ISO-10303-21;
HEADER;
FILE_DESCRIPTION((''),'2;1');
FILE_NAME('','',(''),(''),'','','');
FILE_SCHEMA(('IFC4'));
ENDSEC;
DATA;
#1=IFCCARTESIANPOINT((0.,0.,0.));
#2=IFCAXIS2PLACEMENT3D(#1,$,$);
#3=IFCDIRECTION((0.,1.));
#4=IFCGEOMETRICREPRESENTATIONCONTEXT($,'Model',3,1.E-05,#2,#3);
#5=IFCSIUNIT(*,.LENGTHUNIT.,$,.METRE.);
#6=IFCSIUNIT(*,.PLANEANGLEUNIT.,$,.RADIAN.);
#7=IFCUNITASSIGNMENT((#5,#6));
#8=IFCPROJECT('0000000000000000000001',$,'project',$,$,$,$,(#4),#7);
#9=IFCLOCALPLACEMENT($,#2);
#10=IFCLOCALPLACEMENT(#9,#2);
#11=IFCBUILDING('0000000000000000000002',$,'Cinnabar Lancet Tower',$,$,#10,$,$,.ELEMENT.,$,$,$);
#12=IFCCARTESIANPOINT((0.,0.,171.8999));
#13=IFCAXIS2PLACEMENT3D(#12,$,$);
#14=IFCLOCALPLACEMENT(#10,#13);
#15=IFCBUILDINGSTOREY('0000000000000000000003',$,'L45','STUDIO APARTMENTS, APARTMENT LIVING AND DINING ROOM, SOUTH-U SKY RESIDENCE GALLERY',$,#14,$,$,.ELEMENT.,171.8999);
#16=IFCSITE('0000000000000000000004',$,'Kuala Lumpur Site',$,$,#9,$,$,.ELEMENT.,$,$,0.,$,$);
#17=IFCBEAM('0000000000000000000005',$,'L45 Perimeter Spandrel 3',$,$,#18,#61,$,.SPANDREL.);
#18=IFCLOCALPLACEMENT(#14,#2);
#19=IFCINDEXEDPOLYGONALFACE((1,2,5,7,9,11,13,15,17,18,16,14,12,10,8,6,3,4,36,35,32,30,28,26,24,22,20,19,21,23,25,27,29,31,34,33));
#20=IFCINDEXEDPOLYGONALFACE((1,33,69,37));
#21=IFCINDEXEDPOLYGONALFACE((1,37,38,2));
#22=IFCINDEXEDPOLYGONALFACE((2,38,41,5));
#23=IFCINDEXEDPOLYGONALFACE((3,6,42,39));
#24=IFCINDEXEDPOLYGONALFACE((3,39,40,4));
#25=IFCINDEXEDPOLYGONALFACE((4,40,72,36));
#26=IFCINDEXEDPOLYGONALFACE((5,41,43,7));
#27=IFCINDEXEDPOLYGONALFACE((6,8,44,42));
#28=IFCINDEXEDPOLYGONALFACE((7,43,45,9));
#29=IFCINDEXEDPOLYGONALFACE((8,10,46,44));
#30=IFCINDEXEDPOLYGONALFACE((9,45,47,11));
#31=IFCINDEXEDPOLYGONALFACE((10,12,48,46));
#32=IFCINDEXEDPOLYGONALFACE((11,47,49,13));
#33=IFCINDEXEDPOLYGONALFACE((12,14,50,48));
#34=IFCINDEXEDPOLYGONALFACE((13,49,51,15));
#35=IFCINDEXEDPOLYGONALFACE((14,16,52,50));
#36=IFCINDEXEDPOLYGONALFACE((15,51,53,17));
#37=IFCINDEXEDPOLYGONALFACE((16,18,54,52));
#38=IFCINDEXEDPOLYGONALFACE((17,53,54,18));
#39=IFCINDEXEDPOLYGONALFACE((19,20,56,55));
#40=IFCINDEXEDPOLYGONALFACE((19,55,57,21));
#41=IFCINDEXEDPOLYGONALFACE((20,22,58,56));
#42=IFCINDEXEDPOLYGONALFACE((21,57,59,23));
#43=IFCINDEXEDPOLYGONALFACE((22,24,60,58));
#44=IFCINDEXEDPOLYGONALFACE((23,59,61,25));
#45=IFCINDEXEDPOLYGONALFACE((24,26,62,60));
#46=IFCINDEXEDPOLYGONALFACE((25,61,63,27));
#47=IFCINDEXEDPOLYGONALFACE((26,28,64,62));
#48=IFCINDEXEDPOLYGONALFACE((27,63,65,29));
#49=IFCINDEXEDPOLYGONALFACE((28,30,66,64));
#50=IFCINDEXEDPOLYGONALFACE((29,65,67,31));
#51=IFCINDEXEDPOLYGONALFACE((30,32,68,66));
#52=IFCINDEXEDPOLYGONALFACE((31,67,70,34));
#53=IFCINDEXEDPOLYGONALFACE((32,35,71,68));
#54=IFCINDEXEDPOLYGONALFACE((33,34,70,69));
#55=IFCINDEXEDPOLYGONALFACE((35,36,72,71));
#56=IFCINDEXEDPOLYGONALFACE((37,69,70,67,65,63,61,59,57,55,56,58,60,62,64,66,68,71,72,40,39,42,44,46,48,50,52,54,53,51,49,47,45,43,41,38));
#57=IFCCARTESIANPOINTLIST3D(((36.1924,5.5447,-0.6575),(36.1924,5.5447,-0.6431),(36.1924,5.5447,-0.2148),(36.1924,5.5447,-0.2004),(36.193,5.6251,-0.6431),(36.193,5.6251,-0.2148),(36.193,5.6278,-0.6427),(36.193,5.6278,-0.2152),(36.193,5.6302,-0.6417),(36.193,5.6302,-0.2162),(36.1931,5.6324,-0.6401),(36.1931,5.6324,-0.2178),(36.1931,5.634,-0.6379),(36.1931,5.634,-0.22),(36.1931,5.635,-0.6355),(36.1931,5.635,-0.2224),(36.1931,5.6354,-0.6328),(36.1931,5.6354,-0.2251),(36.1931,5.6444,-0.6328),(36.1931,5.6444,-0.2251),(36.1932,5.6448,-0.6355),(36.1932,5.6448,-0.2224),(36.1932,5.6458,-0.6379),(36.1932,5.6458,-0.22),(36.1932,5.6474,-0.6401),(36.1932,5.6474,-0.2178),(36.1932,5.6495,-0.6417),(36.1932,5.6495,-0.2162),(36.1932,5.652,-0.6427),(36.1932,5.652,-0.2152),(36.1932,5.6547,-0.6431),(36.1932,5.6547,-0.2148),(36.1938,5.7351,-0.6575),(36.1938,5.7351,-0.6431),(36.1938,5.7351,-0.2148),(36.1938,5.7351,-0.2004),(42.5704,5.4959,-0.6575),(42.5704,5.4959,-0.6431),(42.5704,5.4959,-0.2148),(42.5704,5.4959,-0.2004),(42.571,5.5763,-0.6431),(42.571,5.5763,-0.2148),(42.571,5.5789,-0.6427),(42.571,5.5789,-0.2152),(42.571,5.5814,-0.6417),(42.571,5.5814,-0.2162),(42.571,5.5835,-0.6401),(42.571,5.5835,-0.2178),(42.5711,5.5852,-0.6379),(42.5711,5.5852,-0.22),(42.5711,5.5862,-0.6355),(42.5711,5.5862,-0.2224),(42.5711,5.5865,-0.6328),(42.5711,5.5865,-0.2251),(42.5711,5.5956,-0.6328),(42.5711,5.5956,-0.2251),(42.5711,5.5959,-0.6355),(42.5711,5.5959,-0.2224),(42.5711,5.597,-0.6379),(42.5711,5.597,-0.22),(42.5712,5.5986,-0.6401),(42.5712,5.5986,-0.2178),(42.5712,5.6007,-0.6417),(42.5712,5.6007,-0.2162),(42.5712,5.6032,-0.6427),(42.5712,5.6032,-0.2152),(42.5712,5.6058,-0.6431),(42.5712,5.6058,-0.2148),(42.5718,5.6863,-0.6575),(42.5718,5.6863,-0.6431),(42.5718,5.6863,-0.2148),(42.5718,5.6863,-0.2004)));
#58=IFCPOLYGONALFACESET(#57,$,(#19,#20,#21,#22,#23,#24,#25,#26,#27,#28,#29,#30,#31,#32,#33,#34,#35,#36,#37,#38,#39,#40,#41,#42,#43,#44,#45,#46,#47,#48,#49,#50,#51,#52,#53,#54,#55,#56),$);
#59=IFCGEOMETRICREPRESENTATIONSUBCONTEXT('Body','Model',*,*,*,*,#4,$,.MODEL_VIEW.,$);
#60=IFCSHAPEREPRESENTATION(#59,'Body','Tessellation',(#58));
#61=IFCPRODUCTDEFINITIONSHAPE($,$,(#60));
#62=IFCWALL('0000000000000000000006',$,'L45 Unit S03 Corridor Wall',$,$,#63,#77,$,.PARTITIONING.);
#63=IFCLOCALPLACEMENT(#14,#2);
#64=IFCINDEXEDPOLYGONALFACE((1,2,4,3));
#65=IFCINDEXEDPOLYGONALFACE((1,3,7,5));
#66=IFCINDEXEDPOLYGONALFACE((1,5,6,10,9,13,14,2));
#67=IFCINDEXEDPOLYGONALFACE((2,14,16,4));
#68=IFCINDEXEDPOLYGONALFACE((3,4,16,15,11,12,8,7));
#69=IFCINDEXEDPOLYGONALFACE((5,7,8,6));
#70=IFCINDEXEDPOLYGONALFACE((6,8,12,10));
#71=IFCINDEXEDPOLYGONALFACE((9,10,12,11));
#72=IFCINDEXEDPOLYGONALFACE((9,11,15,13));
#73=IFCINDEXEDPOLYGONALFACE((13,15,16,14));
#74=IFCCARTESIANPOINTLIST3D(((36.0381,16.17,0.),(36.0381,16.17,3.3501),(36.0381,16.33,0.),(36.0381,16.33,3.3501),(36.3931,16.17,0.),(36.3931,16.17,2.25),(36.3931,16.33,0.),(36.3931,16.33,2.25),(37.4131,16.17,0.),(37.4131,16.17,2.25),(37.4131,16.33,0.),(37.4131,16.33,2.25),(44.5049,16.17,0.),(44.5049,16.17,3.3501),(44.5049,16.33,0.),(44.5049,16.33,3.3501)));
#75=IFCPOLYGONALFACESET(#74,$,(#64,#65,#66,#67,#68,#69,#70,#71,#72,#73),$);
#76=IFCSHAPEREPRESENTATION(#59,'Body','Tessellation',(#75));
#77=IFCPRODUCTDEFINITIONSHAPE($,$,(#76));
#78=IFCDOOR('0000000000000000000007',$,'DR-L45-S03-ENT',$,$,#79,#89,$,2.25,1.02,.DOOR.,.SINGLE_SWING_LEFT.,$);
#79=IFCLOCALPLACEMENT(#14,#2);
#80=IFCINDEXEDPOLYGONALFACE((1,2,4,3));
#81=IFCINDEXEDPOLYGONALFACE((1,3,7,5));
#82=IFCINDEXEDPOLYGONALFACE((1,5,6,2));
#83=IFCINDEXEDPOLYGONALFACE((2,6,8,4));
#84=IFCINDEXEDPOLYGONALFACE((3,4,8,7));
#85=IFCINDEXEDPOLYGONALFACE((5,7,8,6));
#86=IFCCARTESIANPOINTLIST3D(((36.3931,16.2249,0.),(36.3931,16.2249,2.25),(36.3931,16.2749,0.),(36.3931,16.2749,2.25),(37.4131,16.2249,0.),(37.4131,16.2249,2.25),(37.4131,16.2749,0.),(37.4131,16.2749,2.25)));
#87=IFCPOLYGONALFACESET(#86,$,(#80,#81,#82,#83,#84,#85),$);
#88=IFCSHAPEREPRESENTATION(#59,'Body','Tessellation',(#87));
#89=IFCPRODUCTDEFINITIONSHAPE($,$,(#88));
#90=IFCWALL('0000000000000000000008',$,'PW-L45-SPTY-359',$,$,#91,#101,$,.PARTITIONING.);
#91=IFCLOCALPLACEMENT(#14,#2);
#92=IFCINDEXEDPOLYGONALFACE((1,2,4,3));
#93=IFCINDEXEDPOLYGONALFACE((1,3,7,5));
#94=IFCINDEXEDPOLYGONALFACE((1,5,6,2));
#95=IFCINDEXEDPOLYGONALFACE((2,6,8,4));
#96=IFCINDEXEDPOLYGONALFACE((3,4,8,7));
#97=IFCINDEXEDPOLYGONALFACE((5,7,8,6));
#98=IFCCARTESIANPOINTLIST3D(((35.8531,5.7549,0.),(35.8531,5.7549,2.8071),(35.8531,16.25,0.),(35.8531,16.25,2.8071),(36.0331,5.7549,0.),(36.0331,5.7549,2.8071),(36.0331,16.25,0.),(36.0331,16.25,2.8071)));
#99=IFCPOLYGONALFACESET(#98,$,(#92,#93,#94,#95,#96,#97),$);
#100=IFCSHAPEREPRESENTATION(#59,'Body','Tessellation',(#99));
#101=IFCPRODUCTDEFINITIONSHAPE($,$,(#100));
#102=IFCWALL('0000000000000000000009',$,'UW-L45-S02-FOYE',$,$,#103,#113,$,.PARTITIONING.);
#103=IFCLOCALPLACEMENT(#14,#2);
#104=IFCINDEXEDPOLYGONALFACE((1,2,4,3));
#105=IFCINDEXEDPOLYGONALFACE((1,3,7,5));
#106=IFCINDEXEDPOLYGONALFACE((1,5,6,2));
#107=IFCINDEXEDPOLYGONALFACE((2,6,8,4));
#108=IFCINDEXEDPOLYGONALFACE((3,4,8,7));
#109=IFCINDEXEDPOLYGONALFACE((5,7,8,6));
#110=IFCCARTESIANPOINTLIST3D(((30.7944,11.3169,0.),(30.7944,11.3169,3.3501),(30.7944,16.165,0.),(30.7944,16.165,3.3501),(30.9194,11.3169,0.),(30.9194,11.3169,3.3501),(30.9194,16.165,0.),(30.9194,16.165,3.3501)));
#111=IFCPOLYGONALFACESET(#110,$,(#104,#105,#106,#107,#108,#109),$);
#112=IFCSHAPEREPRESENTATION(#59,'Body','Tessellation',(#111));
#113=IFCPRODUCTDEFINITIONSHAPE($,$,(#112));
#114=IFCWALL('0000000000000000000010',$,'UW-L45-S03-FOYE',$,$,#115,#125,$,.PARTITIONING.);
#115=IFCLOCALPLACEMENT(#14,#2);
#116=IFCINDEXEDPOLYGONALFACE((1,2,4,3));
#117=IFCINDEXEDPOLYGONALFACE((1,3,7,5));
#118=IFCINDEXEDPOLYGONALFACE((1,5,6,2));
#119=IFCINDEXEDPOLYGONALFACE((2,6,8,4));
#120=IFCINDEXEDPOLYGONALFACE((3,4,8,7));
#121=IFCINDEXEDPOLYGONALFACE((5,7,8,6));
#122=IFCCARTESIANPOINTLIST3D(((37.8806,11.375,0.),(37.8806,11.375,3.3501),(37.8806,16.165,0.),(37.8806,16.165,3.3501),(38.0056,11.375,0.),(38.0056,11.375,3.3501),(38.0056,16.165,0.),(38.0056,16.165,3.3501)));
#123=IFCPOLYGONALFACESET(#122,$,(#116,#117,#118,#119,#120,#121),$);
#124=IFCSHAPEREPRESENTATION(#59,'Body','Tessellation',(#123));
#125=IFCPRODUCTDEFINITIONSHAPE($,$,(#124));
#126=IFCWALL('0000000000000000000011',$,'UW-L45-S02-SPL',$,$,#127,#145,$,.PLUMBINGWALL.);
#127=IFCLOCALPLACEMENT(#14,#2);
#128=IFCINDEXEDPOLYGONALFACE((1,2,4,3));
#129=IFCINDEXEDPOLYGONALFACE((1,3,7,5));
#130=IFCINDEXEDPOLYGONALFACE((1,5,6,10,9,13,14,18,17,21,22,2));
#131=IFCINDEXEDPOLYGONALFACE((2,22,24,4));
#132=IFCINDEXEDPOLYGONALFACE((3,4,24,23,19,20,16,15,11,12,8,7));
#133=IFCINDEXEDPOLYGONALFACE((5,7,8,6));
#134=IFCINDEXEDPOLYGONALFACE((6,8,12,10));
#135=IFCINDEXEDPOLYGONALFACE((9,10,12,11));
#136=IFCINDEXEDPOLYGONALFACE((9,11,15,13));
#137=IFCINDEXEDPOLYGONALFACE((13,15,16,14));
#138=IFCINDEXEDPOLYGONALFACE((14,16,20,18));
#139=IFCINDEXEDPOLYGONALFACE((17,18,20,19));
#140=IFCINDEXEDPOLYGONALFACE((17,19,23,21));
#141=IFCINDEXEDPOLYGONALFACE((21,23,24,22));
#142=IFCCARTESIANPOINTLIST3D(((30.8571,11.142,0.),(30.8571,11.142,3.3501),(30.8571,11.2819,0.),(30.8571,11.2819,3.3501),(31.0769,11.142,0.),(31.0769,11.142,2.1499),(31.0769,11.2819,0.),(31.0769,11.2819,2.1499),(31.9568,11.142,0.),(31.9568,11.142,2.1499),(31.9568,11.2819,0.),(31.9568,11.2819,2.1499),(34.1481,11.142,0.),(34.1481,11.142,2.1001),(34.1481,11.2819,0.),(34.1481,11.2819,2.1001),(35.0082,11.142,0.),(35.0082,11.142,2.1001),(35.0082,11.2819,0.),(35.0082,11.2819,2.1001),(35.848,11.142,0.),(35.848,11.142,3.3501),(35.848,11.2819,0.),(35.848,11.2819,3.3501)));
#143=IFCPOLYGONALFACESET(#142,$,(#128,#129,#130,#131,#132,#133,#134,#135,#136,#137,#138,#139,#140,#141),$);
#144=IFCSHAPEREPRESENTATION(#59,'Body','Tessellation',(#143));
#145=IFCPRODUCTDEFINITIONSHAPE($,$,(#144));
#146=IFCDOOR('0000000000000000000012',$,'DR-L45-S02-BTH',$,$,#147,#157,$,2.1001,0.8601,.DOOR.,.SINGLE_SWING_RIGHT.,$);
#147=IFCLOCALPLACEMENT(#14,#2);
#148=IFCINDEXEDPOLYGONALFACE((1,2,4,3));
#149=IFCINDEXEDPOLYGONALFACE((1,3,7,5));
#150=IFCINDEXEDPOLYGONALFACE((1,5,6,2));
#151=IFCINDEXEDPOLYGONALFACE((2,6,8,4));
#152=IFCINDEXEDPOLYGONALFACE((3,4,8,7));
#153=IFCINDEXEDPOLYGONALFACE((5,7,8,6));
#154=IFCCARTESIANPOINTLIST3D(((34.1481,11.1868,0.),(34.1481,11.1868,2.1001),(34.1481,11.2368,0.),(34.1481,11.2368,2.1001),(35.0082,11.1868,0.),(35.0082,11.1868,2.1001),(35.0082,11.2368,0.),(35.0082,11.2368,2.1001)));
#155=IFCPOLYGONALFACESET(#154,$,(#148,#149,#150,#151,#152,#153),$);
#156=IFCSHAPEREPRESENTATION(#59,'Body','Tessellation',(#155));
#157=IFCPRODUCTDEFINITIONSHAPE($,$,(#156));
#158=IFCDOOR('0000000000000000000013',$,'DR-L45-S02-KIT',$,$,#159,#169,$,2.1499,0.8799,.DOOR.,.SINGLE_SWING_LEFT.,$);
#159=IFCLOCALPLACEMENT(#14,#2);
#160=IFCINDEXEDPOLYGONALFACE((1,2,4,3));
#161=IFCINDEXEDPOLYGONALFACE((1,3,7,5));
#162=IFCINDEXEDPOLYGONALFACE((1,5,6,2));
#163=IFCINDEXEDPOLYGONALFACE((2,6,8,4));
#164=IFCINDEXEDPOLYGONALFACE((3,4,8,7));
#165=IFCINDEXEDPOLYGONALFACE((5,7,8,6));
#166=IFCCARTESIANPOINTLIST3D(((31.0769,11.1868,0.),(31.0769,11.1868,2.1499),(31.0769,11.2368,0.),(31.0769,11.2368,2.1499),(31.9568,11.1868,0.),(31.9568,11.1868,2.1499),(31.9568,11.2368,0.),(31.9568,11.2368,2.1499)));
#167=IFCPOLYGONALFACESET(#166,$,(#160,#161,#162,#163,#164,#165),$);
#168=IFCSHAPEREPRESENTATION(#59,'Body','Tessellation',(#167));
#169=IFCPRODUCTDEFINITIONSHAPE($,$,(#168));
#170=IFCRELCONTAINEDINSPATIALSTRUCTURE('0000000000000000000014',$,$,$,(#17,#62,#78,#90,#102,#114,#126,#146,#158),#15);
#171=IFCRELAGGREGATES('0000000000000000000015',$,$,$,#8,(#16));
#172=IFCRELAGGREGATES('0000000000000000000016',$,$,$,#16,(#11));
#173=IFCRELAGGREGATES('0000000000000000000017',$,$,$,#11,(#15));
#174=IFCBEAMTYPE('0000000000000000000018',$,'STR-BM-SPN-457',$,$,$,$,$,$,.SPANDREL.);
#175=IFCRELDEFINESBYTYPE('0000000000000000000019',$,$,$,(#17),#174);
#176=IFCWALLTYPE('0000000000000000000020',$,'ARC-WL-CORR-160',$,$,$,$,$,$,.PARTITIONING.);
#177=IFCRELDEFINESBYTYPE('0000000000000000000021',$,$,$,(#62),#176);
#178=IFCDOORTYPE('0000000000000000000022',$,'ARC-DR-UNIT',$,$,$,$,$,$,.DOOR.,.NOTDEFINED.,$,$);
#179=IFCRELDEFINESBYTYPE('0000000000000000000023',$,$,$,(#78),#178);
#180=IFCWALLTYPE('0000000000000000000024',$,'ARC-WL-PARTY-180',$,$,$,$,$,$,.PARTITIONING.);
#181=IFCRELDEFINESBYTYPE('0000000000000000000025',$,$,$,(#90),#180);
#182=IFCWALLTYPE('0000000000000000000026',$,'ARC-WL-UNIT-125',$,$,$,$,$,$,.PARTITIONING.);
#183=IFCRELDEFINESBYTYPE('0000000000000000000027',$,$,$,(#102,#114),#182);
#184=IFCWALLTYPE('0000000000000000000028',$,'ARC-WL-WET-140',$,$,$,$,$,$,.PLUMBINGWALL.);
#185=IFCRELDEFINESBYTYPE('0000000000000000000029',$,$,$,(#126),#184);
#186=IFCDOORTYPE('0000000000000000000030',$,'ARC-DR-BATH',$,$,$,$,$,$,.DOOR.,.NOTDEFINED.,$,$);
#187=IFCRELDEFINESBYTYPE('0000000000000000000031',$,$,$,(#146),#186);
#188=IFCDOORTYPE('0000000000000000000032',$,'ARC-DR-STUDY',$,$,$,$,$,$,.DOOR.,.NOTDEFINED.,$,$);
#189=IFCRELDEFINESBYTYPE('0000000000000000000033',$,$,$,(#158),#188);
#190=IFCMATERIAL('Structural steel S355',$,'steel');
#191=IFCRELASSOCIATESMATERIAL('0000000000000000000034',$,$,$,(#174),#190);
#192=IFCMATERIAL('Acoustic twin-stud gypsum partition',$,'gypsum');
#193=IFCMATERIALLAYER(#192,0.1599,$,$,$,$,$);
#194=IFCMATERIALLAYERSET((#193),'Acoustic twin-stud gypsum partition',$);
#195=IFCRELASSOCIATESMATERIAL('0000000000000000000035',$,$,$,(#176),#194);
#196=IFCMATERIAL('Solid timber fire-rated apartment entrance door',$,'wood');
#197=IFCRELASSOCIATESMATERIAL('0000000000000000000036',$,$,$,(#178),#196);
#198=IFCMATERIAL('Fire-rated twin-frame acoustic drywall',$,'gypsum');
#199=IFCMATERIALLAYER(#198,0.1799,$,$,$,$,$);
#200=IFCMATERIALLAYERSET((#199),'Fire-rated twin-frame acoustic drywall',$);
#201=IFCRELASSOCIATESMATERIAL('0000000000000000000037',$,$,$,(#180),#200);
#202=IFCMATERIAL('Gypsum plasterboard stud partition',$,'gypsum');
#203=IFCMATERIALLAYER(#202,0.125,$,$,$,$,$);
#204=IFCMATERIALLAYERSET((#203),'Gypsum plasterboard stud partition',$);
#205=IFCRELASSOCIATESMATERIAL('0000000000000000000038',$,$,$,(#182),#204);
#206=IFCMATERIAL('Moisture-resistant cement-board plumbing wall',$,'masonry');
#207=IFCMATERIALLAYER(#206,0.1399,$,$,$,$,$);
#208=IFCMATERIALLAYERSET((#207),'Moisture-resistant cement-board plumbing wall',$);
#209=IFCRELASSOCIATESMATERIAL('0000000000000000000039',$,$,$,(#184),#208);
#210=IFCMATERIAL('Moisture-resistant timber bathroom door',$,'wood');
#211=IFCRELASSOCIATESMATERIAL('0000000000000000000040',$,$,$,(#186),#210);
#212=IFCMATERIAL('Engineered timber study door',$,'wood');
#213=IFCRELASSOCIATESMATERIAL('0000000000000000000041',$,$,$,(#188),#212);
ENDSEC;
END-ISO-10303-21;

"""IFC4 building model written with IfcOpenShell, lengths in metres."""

from ifc_helpers import new_model, si_unit, direction, frame, frame_2d, origin, origin_2d, place, context, subcontext, project, spatial, rectangle, i_section, extrude, material, layer, layer_set, material_profile, profile_set, type_object, element, fill, save


model = new_model("IFC4")

# Units and contexts
model_context = context("Model", 3, precision=1e-05, world=origin(), true_north=direction((0.0, 1.0)))
body_context = subcontext(model_context, "Body", "Model", "MODEL_VIEW")
ifc_project = project(units=[si_unit("LENGTHUNIT", "METRE"), si_unit("PLANEANGLEUNIT", "RADIAN")], contexts=[model_context])

# Site, building, storey
site_placement = place(None, origin())
site = spatial("IfcSite", under=ifc_project, at=site_placement, Name="Kuala Lumpur Site", CompositionType="ELEMENT", RefElevation=0.0)
building_placement = place(site_placement, origin())
building = spatial("IfcBuilding", under=site, at=building_placement, Name="Cinnabar Lancet Tower", CompositionType="ELEMENT")
storey_placement = place(building_placement, frame((0.0, 0.0, 171.8999)))
storey = spatial("IfcBuildingStorey", under=building, at=storey_placement, Name="L45", Description="STUDIO APARTMENTS, APARTMENT LIVING AND DINING ROOM, SOUTH-U SKY RESIDENCE GALLERY", CompositionType="ELEMENT", Elevation=171.8999)

# Beam
ifc_material_1 = material(Name="Structural steel S355", Category="steel")
ifc_material_profile_1 = material_profile(ifc_material_1, i_section(OverallWidth=0.1904, OverallDepth=0.457, WebThickness=0.009, FlangeThickness=0.0144, FilletRadius=0.0103, at=origin_2d()), Name="UKB 457x191x74")
ifc_profile_set_1 = profile_set([ifc_material_profile_1], Name="Structural steel S355")
beam_type_1 = type_object("IfcBeamType", Name="STR-BM-SPN-457", PredefinedType="SPANDREL", material=ifc_profile_set_1)
beam_1_placement = place(storey_placement, frame((36.1931, 5.6399, -0.429), z_axis=(0.999971, -0.007656, 0.0), x_axis=(0.007656, 0.999971, 0.0)))
element("IfcBeam", 1, at=beam_1_placement, inside=storey, type_object=beam_type_1, Name="L45 Perimeter Spandrel 3", PredefinedType="SPANDREL", context=body_context, shape_type="SweptSolid", body=[
    extrude(i_section(OverallWidth=0.1904, OverallDepth=0.457, WebThickness=0.009, FlangeThickness=0.0144, FilletRadius=0.0103, at=origin_2d()), origin(), (0.0, 0.0, 1.0), 6.3782),
])

# Wall, opening, door
ifc_material_2 = material(Name="Acoustic twin-stud gypsum partition", Category="gypsum")
ifc_layer_1 = layer(ifc_material_2, 0.1599)
ifc_layer_set_1 = layer_set([ifc_layer_1], Name="Acoustic twin-stud gypsum partition")
wall_type_1 = type_object("IfcWallType", Name="ARC-WL-CORR-160", PredefinedType="PARTITIONING", material=ifc_layer_set_1)
wall_1_placement = place(storey_placement, frame((36.0381, 16.25, 0.0), z_axis=(0.0, 0.0, 1.0), x_axis=(1.0, 0.0, 0.0)))
wall_1 = element("IfcWall", 2, at=wall_1_placement, inside=storey, type_object=wall_type_1, Name="L45 Unit S03 Corridor Wall", PredefinedType="PARTITIONING", context=body_context, shape_type="SweptSolid", body=[
    extrude(rectangle(XDim=8.4668, YDim=0.1599, at=frame_2d((4.2334, 0.0))), origin(), (0.0, 0.0, 1.0), 3.3501),
])
opening_1_placement = place(wall_1_placement, frame((0.355, 0.0, 0.0)))
opening_1 = element("IfcOpeningElement", 3, at=opening_1_placement, cuts=wall_1, PredefinedType="OPENING", context=body_context, shape_type="SweptSolid", body=[
    extrude(rectangle(XDim=1.02, YDim=2.25, at=frame_2d((0.51, 1.125))), frame((0.0, 0.0898, 0.0), z_axis=(0.0, -1.0, 0.0), x_axis=(1.0, 0.0, 0.0)), (0.0, 0.0, 1.0), 0.1799),
])
ifc_material_3 = material(Name="Solid timber fire-rated apartment entrance door", Category="wood")
door_type_1 = type_object("IfcDoorType", Name="ARC-DR-UNIT", OperationType="NOTDEFINED", PredefinedType="DOOR", material=ifc_material_3)
door_1_placement = place(opening_1_placement, origin())
door_1 = element("IfcDoor", 4, at=door_1_placement, inside=storey, type_object=door_type_1, Name="DR-L45-S03-ENT", OperationType="SINGLE_SWING_LEFT", OverallHeight=2.25, OverallWidth=1.02, PredefinedType="DOOR", context=body_context, shape_type="SweptSolid", body=[
    extrude(rectangle(XDim=1.02, YDim=2.25, at=frame_2d((0.51, 1.125))), frame((0.0, 0.0249, 0.0), z_axis=(0.0, -1.0, 0.0), x_axis=(1.0, 0.0, 0.0)), (0.0, 0.0, 1.0), 0.05),
])
fill(opening_1, door_1)

# Walls
ifc_material_4 = material(Name="Fire-rated twin-frame acoustic drywall", Category="gypsum")
ifc_layer_2 = layer(ifc_material_4, 0.1799)
ifc_layer_set_2 = layer_set([ifc_layer_2], Name="Fire-rated twin-frame acoustic drywall")
wall_type_2 = type_object("IfcWallType", Name="ARC-WL-PARTY-180", PredefinedType="PARTITIONING", material=ifc_layer_set_2)
wall_2_placement = place(storey_placement, frame((35.9431, 5.7549, 0.0), z_axis=(0.0, 0.0, 1.0), x_axis=(0.0, 1.0, 0.0)))
element("IfcWall", 5, at=wall_2_placement, inside=storey, type_object=wall_type_2, Name="PW-L45-SPTY-359", PredefinedType="PARTITIONING", context=body_context, shape_type="SweptSolid", body=[
    extrude(rectangle(XDim=10.4951, YDim=0.1799, at=frame_2d((5.2476, 0.0))), origin(), (0.0, 0.0, 1.0), 2.8071),
])
ifc_material_5 = material(Name="Gypsum plasterboard stud partition", Category="gypsum")
ifc_layer_3 = layer(ifc_material_5, 0.125)
ifc_layer_set_3 = layer_set([ifc_layer_3], Name="Gypsum plasterboard stud partition")
wall_type_3 = type_object("IfcWallType", Name="ARC-WL-UNIT-125", PredefinedType="PARTITIONING", material=ifc_layer_set_3)
wall_3_placement = place(storey_placement, frame((30.8569, 11.3169, 0.0), z_axis=(0.0, 0.0, 1.0), x_axis=(0.0, 1.0, 0.0)))
element("IfcWall", 6, at=wall_3_placement, inside=storey, type_object=wall_type_3, Name="UW-L45-S02-FOYE", PredefinedType="PARTITIONING", context=body_context, shape_type="SweptSolid", body=[
    extrude(rectangle(XDim=4.8481, YDim=0.125, at=frame_2d((2.4241, 0.0))), origin(), (0.0, 0.0, 1.0), 3.3501),
])
wall_4_placement = place(storey_placement, frame((37.9431, 11.375, 0.0), z_axis=(0.0, 0.0, 1.0), x_axis=(0.0, 1.0, 0.0)))
element("IfcWall", 7, at=wall_4_placement, inside=storey, type_object=wall_type_3, Name="UW-L45-S03-FOYE", PredefinedType="PARTITIONING", context=body_context, shape_type="SweptSolid", body=[
    extrude(rectangle(XDim=4.79, YDim=0.125, at=frame_2d((2.395, 0.0))), origin(), (0.0, 0.0, 1.0), 3.3501),
])

# Wall, openings, doors
ifc_material_6 = material(Name="Moisture-resistant cement-board plumbing wall", Category="masonry")
ifc_layer_4 = layer(ifc_material_6, 0.1399)
ifc_layer_set_4 = layer_set([ifc_layer_4], Name="Moisture-resistant cement-board plumbing wall")
wall_type_4 = type_object("IfcWallType", Name="ARC-WL-WET-140", PredefinedType="PLUMBINGWALL", material=ifc_layer_set_4)
wall_5_placement = place(storey_placement, frame((30.8569, 11.2119, 0.0), z_axis=(0.0, 0.0, 1.0), x_axis=(1.0, 0.0, 0.0)))
wall_5 = element("IfcWall", 8, at=wall_5_placement, inside=storey, type_object=wall_type_4, Name="UW-L45-S02-SPL", PredefinedType="PLUMBINGWALL", context=body_context, shape_type="SweptSolid", body=[
    extrude(rectangle(XDim=4.991, YDim=0.1399, at=frame_2d((2.4956, 0.0))), origin(), (0.0, 0.0, 1.0), 3.3501),
])
opening_2_placement = place(wall_5_placement, frame((3.291, 0.0, 0.0)))
opening_2 = element("IfcOpeningElement", 9, at=opening_2_placement, cuts=wall_5, PredefinedType="OPENING", context=body_context, shape_type="SweptSolid", body=[
    extrude(rectangle(XDim=0.8601, YDim=2.1001, at=frame_2d((0.4302, 1.05))), frame((0.0, 0.0798, 0.0), z_axis=(0.0, -1.0, 0.0), x_axis=(1.0, 0.0, 0.0)), (0.0, 0.0, 1.0), 0.1599),
])
opening_3_placement = place(wall_5_placement, frame((0.22, 0.0, 0.0)))
opening_3 = element("IfcOpeningElement", 10, at=opening_3_placement, cuts=wall_5, PredefinedType="OPENING", context=body_context, shape_type="SweptSolid", body=[
    extrude(rectangle(XDim=0.8799, YDim=2.1499, at=frame_2d((0.4399, 1.075))), frame((0.0, 0.0798, 0.0), z_axis=(0.0, -1.0, 0.0), x_axis=(1.0, 0.0, 0.0)), (0.0, 0.0, 1.0), 0.1599),
])
ifc_material_7 = material(Name="Moisture-resistant timber bathroom door", Category="wood")
door_type_2 = type_object("IfcDoorType", Name="ARC-DR-BATH", OperationType="NOTDEFINED", PredefinedType="DOOR", material=ifc_material_7)
door_2_placement = place(opening_2_placement, origin())
door_2 = element("IfcDoor", 11, at=door_2_placement, inside=storey, type_object=door_type_2, Name="DR-L45-S02-BTH", OperationType="SINGLE_SWING_RIGHT", OverallHeight=2.1001, OverallWidth=0.8601, PredefinedType="DOOR", context=body_context, shape_type="SweptSolid", body=[
    extrude(rectangle(XDim=0.8601, YDim=2.1001, at=frame_2d((0.4302, 1.05))), frame((0.0, 0.0249, 0.0), z_axis=(0.0, -1.0, 0.0), x_axis=(1.0, 0.0, 0.0)), (0.0, 0.0, 1.0), 0.05),
])
fill(opening_2, door_2)
ifc_material_8 = material(Name="Engineered timber study door", Category="wood")
door_type_3 = type_object("IfcDoorType", Name="ARC-DR-STUDY", OperationType="NOTDEFINED", PredefinedType="DOOR", material=ifc_material_8)
door_3_placement = place(opening_3_placement, origin())
door_3 = element("IfcDoor", 12, at=door_3_placement, inside=storey, type_object=door_type_3, Name="DR-L45-S02-KIT", OperationType="SINGLE_SWING_LEFT", OverallHeight=2.1499, OverallWidth=0.8799, PredefinedType="DOOR", context=body_context, shape_type="SweptSolid", body=[
    extrude(rectangle(XDim=0.8799, YDim=2.1499, at=frame_2d((0.4399, 1.075))), frame((0.0, 0.0249, 0.0), z_axis=(0.0, -1.0, 0.0), x_axis=(1.0, 0.0, 0.0)), (0.0, 0.0, 1.0), 0.05),
])
fill(opening_3, door_3)

save(model, "model.ifc")
